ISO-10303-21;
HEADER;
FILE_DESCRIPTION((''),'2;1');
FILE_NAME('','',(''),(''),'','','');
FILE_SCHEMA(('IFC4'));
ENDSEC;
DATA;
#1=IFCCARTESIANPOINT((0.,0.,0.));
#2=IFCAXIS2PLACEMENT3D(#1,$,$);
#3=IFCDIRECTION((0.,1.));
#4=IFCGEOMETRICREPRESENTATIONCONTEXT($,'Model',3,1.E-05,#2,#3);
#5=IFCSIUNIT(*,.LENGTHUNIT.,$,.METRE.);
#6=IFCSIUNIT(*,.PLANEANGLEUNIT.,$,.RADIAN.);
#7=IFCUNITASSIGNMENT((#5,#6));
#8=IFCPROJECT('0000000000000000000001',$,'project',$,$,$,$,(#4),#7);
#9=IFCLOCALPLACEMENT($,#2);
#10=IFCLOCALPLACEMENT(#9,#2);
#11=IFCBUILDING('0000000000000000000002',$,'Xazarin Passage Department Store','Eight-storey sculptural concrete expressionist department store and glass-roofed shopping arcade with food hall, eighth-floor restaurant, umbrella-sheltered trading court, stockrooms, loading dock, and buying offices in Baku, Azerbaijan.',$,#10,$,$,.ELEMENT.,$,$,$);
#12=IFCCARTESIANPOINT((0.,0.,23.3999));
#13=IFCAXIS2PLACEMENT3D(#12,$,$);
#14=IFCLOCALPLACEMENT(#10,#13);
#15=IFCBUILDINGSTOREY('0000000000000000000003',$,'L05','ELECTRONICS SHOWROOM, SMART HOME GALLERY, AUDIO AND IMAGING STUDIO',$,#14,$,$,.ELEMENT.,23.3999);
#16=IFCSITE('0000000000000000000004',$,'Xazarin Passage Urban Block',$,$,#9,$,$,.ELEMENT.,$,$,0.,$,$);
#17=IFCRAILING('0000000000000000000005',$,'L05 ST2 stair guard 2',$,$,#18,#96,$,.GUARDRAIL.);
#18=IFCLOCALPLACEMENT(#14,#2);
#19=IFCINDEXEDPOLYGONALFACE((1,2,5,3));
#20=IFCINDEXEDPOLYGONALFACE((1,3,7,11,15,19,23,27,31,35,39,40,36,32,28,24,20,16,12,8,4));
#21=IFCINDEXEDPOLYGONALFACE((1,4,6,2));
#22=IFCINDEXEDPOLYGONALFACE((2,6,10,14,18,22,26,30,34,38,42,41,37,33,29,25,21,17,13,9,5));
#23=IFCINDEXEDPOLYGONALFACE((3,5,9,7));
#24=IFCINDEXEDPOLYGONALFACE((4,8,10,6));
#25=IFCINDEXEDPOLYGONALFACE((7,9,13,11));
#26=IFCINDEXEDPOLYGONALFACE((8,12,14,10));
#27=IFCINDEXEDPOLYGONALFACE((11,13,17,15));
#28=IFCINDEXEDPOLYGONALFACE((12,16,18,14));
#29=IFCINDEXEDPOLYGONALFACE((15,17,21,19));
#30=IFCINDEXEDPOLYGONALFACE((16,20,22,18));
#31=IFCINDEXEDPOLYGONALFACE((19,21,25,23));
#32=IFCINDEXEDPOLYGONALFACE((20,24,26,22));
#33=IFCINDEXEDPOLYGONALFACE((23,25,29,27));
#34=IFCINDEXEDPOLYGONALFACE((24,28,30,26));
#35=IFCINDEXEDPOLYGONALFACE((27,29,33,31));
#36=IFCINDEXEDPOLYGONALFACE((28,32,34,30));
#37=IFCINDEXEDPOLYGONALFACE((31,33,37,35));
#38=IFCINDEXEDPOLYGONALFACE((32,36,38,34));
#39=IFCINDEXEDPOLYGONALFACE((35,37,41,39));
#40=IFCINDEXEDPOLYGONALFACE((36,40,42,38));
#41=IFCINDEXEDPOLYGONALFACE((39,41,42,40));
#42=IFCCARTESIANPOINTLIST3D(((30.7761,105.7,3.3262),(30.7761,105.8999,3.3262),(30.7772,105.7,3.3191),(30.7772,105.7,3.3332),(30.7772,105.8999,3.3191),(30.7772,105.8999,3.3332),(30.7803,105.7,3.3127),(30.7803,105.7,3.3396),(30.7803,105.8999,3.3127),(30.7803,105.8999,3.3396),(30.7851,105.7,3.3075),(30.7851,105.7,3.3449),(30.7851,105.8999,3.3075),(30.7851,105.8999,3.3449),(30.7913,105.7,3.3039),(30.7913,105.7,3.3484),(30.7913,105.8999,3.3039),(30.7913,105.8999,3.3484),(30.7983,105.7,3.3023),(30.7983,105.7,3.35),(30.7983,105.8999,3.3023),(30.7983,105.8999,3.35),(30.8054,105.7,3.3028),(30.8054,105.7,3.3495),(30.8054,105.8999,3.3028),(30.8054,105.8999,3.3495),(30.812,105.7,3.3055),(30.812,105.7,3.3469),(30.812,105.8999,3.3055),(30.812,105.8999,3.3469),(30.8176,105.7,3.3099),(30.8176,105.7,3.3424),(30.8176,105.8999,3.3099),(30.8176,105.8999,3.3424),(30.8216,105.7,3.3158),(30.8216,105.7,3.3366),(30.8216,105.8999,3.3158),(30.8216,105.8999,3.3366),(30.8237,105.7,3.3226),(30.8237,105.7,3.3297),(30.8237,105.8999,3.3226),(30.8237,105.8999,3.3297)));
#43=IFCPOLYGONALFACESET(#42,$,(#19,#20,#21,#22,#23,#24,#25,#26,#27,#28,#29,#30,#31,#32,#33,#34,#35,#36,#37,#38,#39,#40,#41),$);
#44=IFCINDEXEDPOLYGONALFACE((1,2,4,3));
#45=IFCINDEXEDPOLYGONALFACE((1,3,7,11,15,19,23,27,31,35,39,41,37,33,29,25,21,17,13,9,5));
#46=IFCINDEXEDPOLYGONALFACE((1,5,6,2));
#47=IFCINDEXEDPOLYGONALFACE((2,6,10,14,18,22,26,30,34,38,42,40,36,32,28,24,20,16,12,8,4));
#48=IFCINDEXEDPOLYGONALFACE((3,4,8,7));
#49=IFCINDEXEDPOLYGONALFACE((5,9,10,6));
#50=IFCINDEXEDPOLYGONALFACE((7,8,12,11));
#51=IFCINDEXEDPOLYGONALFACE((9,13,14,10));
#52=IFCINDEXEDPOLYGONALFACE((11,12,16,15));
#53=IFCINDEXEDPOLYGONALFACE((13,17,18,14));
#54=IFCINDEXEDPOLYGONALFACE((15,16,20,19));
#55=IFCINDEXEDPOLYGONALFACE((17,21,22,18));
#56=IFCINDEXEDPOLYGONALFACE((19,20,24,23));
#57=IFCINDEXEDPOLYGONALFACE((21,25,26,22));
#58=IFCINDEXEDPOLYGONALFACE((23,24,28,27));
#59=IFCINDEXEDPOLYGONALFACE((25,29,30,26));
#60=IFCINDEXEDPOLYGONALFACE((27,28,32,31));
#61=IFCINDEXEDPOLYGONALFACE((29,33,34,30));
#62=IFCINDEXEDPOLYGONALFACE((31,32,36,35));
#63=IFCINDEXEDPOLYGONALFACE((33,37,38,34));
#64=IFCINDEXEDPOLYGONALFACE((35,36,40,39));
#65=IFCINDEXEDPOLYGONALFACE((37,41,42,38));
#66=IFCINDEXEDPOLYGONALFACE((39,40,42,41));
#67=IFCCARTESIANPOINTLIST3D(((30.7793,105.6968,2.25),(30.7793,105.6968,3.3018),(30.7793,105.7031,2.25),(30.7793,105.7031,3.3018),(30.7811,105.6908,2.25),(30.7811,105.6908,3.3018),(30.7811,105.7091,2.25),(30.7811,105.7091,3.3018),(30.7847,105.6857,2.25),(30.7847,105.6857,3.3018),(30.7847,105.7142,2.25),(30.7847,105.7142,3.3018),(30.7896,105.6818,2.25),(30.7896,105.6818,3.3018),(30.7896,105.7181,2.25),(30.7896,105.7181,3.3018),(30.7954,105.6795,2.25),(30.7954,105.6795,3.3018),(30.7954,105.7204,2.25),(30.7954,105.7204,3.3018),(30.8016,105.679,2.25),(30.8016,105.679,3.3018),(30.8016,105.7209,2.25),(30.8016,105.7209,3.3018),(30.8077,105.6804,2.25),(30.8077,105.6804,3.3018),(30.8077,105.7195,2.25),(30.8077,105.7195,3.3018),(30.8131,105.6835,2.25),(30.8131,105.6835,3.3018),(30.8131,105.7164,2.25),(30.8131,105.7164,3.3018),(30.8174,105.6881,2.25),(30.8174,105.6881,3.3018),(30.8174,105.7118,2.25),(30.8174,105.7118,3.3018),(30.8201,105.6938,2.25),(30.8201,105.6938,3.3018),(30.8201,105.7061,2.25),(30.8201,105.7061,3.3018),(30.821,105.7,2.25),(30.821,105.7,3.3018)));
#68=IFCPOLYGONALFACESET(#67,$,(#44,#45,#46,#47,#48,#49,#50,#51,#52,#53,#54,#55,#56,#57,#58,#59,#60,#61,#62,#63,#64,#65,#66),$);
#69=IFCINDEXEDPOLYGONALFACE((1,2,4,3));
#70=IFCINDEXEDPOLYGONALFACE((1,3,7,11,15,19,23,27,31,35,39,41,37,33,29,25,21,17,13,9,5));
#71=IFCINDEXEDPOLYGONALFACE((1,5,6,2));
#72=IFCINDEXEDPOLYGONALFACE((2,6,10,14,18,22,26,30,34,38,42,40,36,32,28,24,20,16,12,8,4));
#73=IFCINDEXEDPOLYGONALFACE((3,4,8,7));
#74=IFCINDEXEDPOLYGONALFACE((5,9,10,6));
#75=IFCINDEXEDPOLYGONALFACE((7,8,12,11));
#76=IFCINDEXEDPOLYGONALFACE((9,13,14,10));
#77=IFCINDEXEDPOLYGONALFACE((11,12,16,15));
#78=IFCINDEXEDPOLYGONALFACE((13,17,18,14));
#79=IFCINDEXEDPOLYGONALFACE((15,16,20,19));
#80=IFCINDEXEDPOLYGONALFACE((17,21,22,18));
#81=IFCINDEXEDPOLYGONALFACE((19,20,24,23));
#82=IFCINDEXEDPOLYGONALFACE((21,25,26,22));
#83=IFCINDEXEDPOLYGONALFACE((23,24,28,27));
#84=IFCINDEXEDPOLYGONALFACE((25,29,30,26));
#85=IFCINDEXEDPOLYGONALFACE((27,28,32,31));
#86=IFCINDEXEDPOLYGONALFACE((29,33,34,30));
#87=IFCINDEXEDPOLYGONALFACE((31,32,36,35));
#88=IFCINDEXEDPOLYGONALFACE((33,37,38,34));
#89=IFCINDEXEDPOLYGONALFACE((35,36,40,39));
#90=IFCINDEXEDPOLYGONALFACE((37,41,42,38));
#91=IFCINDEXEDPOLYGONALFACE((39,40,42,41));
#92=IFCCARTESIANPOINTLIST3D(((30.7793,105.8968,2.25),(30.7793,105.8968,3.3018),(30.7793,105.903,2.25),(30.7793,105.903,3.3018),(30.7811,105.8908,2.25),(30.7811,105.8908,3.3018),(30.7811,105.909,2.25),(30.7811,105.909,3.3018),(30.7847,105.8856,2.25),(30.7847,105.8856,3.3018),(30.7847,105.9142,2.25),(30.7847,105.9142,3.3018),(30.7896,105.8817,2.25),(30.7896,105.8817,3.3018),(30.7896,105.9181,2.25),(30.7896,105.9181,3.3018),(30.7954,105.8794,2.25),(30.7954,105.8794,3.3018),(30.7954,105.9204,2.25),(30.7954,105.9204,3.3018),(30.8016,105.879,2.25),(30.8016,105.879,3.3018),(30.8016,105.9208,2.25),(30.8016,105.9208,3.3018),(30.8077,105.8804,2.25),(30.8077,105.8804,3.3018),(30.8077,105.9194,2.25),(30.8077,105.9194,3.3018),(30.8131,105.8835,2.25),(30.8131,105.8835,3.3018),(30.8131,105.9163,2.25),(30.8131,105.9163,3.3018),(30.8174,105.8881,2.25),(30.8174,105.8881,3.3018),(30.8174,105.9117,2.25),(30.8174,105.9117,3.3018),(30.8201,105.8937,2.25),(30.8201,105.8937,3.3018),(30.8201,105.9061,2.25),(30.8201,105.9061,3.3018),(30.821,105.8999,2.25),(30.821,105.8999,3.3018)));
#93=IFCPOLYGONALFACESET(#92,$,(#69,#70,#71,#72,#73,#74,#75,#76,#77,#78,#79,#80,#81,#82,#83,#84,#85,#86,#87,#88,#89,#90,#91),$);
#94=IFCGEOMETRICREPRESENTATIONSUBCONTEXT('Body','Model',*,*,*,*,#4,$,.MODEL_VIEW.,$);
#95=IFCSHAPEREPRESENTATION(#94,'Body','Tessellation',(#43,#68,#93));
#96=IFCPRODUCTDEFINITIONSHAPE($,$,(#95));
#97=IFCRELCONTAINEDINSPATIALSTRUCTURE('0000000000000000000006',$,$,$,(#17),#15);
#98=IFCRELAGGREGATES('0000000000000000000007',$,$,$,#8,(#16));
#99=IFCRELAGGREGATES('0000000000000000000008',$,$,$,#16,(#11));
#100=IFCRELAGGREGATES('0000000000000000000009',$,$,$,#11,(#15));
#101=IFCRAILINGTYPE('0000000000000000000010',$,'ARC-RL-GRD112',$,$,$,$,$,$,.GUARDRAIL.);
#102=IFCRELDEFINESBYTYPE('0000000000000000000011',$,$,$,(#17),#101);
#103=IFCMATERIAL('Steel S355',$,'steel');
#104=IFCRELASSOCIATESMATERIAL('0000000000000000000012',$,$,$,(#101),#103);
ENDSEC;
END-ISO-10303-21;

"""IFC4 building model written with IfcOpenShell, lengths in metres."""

from ifc_helpers import new_model, si_unit, direction, frame, origin, origin_2d, place, context, subcontext, project, spatial, circle, extrude, material, type_object, element, save


model = new_model("IFC4")

# Units and contexts
model_context = context("Model", 3, precision=1e-05, world=origin(), true_north=direction((0.0, 1.0)))
body_context = subcontext(model_context, "Body", "Model", "MODEL_VIEW")
ifc_project = project(units=[si_unit("LENGTHUNIT", "METRE"), si_unit("PLANEANGLEUNIT", "RADIAN")], contexts=[model_context])

# Site, building, storey
site_placement = place(None, origin())
site = spatial("IfcSite", under=ifc_project, at=site_placement, Name="Xazarin Passage Urban Block", CompositionType="ELEMENT", RefElevation=0.0)
building_placement = place(site_placement, origin())
building = spatial("IfcBuilding", under=site, at=building_placement, Name="Xazarin Passage Department Store", Description="Eight-storey sculptural concrete expressionist department store and glass-roofed shopping arcade with food hall, eighth-floor restaurant, umbrella-sheltered trading court, stockrooms, loading dock, and buying offices in Baku, Azerbaijan.", CompositionType="ELEMENT")
storey_placement = place(building_placement, frame((0.0, 0.0, 23.3999)))
storey = spatial("IfcBuildingStorey", under=building, at=storey_placement, Name="L05", Description="ELECTRONICS SHOWROOM, SMART HOME GALLERY, AUDIO AND IMAGING STUDIO", CompositionType="ELEMENT", Elevation=23.3999)

# Railing
ifc_material_1 = material(Name="Steel S355", Category="steel")
railing_type_1 = type_object("IfcRailingType", Name="ARC-RL-GRD112", PredefinedType="GUARDRAIL", material=ifc_material_1)
railing_1_placement = place(storey_placement, frame((30.8, 105.7, 2.25)))
element("IfcRailing", 1, at=railing_1_placement, inside=storey, type_object=railing_type_1, Name="L05 ST2 stair guard 2", PredefinedType="GUARDRAIL", context=body_context, shape_type="SweptSolid", body=[
    extrude(circle(Radius=0.0239, at=origin_2d()), frame((0.0, 0.0, 1.0762), z_axis=(0.0, 1.0, 0.0), x_axis=(-1.0, 0.0, 0.0)), (0.0, 0.0, 1.0), 0.2),
    extrude(circle(Radius=0.021, at=origin_2d()), origin(), (0.0, 0.0, 1.0), 1.0518),
    extrude(circle(Radius=0.021, at=origin_2d()), frame((0.0, 0.2, 0.0)), (0.0, 0.0, 1.0), 1.0518),
])

save(model, "model.ifc")
